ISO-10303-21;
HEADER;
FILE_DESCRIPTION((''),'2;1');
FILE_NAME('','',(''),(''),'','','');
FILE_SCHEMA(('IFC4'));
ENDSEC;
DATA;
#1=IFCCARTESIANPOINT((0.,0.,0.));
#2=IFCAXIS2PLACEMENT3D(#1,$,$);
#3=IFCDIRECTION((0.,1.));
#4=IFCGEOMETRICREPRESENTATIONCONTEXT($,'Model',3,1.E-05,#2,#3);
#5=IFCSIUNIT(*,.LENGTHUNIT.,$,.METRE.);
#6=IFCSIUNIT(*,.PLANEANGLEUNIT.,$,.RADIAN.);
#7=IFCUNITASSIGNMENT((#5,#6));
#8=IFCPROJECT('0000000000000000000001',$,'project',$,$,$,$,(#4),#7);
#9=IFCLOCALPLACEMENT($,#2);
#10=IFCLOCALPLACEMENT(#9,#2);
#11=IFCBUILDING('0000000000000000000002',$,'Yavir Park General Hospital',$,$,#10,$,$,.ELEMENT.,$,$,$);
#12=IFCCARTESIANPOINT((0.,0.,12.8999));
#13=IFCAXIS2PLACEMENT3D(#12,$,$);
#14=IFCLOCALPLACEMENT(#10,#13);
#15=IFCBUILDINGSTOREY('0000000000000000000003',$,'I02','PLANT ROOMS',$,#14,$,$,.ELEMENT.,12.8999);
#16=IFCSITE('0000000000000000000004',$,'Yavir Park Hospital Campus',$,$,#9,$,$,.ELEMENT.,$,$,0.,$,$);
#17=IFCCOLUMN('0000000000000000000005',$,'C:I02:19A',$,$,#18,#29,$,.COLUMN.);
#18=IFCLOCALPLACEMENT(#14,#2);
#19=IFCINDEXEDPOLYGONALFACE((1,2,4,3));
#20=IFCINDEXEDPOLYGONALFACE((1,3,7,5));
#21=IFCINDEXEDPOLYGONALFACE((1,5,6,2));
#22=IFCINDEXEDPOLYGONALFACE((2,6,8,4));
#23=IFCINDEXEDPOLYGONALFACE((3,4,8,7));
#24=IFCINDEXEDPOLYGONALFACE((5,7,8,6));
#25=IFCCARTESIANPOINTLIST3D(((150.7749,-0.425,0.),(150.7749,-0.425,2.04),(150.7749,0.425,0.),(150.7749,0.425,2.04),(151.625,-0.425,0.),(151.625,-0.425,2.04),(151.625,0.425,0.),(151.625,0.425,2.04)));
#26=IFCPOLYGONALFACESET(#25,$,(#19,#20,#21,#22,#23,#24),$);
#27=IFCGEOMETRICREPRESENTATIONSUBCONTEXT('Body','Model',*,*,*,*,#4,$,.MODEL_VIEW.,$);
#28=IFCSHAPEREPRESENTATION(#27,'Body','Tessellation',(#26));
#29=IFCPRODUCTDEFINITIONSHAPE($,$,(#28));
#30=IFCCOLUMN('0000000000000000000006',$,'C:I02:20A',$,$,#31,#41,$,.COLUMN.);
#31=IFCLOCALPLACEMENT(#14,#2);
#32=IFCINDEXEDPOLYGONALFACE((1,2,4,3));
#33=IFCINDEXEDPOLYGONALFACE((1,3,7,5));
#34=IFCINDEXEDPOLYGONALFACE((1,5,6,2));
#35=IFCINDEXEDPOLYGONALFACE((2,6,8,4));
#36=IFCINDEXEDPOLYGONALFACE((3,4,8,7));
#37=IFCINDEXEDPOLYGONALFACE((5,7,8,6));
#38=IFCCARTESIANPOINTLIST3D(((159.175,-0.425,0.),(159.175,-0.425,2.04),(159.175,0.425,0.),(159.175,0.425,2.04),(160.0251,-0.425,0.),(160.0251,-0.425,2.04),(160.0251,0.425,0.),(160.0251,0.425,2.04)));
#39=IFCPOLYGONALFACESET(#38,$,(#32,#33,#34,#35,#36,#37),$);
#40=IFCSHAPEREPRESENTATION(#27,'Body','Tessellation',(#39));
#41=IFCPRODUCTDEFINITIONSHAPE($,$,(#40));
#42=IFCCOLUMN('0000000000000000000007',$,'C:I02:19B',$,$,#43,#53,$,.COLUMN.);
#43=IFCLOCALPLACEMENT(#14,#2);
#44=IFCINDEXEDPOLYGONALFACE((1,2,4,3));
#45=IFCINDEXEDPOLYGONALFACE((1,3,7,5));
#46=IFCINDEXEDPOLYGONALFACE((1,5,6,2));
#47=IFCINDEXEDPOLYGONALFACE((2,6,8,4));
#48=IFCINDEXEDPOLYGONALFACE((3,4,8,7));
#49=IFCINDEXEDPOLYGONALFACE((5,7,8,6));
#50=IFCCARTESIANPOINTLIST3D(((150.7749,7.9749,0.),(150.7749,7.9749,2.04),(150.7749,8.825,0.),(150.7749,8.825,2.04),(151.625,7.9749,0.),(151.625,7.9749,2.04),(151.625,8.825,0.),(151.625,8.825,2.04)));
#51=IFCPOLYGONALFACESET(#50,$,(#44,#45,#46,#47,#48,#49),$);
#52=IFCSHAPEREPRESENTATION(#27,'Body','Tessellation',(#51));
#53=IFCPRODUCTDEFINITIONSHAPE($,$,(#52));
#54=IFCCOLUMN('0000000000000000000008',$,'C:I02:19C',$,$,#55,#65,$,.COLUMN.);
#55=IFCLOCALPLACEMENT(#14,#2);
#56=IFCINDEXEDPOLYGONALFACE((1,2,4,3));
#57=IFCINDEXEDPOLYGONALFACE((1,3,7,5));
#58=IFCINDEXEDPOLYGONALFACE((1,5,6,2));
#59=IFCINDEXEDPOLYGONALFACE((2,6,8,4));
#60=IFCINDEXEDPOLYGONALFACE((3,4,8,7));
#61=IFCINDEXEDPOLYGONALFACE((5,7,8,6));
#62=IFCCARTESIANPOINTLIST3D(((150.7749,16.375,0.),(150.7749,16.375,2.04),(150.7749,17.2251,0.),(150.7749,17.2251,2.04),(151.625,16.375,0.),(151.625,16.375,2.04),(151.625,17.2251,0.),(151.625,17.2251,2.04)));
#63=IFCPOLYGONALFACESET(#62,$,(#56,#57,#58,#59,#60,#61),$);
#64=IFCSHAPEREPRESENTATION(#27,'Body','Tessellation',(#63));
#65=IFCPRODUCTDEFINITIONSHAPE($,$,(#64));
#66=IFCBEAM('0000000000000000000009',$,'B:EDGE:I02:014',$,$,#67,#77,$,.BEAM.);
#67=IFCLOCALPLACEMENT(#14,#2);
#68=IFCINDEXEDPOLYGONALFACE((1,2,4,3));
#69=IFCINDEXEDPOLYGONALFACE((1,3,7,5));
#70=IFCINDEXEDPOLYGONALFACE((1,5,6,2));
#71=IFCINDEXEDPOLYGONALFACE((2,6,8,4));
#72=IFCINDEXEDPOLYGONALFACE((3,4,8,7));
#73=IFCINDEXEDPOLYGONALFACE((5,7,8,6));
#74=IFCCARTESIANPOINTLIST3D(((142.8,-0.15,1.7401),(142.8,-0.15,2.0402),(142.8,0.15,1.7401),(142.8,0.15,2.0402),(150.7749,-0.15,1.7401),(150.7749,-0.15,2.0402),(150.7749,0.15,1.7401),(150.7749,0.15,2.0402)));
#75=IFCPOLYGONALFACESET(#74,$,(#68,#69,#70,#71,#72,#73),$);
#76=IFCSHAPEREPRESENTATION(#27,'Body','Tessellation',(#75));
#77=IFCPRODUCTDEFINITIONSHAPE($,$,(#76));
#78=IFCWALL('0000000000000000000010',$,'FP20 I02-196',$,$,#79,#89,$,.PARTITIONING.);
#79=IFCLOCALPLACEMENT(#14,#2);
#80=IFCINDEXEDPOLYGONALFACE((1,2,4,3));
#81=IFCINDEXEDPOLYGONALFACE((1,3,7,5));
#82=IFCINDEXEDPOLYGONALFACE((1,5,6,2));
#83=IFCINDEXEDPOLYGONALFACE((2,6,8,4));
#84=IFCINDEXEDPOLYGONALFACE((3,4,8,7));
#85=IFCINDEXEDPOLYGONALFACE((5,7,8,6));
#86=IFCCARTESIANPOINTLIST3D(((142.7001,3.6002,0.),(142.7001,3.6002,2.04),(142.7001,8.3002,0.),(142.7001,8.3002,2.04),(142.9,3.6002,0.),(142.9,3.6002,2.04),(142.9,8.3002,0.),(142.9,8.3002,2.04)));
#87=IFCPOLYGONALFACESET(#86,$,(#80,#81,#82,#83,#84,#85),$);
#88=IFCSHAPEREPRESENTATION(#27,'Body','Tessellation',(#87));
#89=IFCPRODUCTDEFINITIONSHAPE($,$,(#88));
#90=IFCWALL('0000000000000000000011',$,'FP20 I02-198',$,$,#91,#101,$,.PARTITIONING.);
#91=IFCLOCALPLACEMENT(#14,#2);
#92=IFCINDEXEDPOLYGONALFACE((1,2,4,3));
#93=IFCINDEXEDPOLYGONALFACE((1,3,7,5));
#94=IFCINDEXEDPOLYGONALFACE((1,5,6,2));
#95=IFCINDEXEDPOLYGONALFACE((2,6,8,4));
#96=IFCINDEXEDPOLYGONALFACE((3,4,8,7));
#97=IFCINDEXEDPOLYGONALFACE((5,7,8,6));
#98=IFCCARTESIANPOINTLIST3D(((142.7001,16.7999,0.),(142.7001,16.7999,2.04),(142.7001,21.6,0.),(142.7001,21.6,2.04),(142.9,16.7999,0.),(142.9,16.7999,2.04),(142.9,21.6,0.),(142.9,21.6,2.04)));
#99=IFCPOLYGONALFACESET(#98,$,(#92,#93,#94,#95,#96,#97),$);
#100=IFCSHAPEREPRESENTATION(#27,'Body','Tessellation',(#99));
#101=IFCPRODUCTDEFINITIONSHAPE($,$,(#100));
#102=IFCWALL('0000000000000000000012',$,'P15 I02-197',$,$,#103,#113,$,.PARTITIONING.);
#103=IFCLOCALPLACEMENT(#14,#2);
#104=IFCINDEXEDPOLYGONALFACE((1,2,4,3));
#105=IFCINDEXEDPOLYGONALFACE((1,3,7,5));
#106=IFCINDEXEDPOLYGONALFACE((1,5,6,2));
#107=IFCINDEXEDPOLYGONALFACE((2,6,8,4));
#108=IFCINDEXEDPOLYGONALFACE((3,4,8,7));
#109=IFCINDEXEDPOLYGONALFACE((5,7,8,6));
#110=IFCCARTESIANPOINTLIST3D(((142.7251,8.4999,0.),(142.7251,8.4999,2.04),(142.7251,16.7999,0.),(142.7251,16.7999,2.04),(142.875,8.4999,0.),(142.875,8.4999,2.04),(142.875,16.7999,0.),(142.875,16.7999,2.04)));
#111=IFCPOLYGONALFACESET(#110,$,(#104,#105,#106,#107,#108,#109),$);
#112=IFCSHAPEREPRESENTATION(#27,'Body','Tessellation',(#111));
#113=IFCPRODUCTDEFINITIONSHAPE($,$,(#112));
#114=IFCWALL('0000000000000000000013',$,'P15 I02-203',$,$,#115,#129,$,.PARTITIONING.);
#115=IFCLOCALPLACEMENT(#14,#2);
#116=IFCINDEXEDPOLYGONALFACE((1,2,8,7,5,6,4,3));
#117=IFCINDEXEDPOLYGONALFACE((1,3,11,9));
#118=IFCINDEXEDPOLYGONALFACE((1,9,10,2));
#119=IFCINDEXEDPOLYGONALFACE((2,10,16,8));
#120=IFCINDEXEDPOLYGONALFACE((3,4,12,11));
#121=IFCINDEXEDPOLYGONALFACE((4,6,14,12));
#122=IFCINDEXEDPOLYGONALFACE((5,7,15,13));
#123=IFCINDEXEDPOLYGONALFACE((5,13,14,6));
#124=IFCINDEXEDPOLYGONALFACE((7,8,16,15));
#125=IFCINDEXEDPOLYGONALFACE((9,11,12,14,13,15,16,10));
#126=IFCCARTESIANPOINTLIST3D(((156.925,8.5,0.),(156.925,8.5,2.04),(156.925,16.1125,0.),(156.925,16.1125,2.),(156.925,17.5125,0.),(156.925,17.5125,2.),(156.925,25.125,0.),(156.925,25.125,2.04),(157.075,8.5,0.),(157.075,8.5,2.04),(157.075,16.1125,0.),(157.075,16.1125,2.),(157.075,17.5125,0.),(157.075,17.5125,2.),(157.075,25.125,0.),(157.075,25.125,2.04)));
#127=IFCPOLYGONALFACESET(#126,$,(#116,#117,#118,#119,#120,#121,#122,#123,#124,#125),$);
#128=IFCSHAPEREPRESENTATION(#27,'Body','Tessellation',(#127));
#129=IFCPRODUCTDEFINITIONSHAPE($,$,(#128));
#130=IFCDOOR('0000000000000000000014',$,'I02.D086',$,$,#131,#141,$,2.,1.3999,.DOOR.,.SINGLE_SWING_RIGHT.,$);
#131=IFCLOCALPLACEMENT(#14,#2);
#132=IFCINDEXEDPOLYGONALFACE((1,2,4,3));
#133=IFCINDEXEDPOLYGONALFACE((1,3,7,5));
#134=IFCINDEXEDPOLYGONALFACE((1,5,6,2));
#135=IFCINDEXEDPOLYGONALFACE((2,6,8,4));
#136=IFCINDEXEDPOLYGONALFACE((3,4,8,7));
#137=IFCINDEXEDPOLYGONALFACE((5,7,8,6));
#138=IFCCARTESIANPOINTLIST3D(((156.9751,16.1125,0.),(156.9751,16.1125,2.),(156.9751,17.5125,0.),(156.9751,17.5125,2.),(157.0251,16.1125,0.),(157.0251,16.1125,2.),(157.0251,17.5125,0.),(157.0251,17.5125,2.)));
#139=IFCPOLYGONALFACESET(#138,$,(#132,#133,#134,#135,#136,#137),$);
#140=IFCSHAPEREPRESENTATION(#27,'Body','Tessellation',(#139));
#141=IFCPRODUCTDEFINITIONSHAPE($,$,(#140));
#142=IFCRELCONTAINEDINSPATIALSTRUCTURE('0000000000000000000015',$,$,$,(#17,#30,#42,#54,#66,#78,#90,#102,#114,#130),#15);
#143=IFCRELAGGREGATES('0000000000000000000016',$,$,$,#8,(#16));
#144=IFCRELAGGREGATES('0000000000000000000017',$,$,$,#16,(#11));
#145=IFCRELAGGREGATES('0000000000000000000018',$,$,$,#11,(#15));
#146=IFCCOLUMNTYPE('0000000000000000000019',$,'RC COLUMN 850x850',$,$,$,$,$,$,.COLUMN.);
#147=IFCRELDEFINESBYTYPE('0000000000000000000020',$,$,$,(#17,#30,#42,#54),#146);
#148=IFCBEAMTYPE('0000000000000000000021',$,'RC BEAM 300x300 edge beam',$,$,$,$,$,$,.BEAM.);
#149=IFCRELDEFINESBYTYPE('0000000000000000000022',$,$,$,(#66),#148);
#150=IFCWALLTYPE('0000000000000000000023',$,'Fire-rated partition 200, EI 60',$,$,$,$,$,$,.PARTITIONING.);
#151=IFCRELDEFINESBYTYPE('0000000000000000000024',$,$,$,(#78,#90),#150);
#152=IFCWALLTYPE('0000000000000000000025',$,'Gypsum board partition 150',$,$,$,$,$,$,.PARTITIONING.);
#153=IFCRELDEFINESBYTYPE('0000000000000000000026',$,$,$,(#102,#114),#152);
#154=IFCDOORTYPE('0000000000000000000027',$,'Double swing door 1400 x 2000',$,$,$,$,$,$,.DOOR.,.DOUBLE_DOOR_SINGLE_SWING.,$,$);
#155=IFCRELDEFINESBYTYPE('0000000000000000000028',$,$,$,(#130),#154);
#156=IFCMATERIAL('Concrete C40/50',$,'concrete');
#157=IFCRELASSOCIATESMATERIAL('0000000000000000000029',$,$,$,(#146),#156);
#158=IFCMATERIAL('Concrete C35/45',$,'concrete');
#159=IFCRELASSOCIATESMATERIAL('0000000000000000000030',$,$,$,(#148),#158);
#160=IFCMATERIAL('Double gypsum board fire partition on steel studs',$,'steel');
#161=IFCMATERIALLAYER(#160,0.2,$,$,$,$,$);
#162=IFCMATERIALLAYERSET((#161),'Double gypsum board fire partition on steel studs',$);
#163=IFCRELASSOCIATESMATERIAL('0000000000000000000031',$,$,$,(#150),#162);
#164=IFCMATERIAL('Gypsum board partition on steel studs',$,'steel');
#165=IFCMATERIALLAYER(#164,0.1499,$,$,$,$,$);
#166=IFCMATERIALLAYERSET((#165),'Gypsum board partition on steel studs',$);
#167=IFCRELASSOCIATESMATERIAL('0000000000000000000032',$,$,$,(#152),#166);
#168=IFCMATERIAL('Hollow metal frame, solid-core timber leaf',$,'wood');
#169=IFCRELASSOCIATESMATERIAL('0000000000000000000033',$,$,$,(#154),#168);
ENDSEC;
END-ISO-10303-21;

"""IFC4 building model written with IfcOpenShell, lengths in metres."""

from ifc_helpers import new_model, si_unit, direction, frame, frame_2d, origin, origin_2d, place, context, subcontext, project, spatial, rectangle, extrude, material, layer, layer_set, material_profile, profile_set, type_object, element, fill, save


model = new_model("IFC4")

# Units and contexts
model_context = context("Model", 3, precision=1e-05, world=origin(), true_north=direction((0.0, 1.0)))
body_context = subcontext(model_context, "Body", "Model", "MODEL_VIEW")
ifc_project = project(units=[si_unit("LENGTHUNIT", "METRE"), si_unit("PLANEANGLEUNIT", "RADIAN")], contexts=[model_context])

# Site, building, storey
site_placement = place(None, origin())
site = spatial("IfcSite", under=ifc_project, at=site_placement, Name="Yavir Park Hospital Campus", CompositionType="ELEMENT", RefElevation=0.0)
building_placement = place(site_placement, origin())
building = spatial("IfcBuilding", under=site, at=building_placement, Name="Yavir Park General Hospital", CompositionType="ELEMENT")
storey_placement = place(building_placement, frame((0.0, 0.0, 12.8999)))
storey = spatial("IfcBuildingStorey", under=building, at=storey_placement, Name="I02", Description="PLANT ROOMS", CompositionType="ELEMENT", Elevation=12.8999)

# Columns
ifc_material_1 = material(Name="Concrete C40/50", Category="concrete")
ifc_material_profile_1 = material_profile(ifc_material_1, rectangle(XDim=0.8501, YDim=0.8501, at=origin_2d()), Name="RC850x850")
ifc_profile_set_1 = profile_set([ifc_material_profile_1], Name="Concrete C40/50")
column_type = type_object("IfcColumnType", Name="RC COLUMN 850x850", PredefinedType="COLUMN", material=ifc_profile_set_1)
for number, where, z_axis, x_axis, name in (
    (1, (151.2, 0.0, 0.0), (0.0, 0.0, 1.0), (1.0, 0.0, 0.0), "C:I02:19A"),
    (2, (159.6001, 0.0, 0.0), (0.0, 0.0, 1.0), (1.0, 0.0, 0.0), "C:I02:20A"),
    (3, (151.2, 8.3999, 0.0), (0.0, 0.0, 1.0), (1.0, 0.0, 0.0), "C:I02:19B"),
    (4, (151.2, 16.8, 0.0), (0.0, 0.0, 1.0), (1.0, 0.0, 0.0), "C:I02:19C"),
):
    element("IfcColumn", number, at=place(storey_placement, frame(where, z_axis=z_axis, x_axis=x_axis)), inside=storey, type_object=column_type, Name=name, PredefinedType="COLUMN", context=body_context, shape_type="SweptSolid", body=[
        extrude(rectangle(XDim=0.8501, YDim=0.8501, at=origin_2d()), origin(), (0.0, 0.0, 1.0), 2.04),
    ])

# Beam
ifc_material_2 = material(Name="Concrete C35/45", Category="concrete")
ifc_material_profile_2 = material_profile(ifc_material_2, rectangle(XDim=0.3, YDim=0.3, at=origin_2d()), Name="RC300x300")
ifc_profile_set_2 = profile_set([ifc_material_profile_2], Name="Concrete C35/45")
beam_type = type_object("IfcBeamType", Name="RC BEAM 300x300 edge beam", PredefinedType="BEAM", material=ifc_profile_set_2)
beam_placement = place(storey_placement, frame((142.8, 0.0, 1.8901), z_axis=(1.0, 0.0, 0.0), x_axis=(0.0, 1.0, 0.0)))
element("IfcBeam", 5, at=beam_placement, inside=storey, type_object=beam_type, Name="B:EDGE:I02:014", PredefinedType="BEAM", context=body_context, shape_type="SweptSolid", body=[
    extrude(rectangle(XDim=0.3, YDim=0.3, at=origin_2d()), origin(), (0.0, 0.0, 1.0), 7.9749),
])

# Walls
ifc_material_3 = material(Name="Double gypsum board fire partition on steel studs", Category="steel")
ifc_layer_1 = layer(ifc_material_3, 0.2)
ifc_layer_set_1 = layer_set([ifc_layer_1], Name="Double gypsum board fire partition on steel studs")
wall_type_1 = type_object("IfcWallType", Name="Fire-rated partition 200, EI 60", PredefinedType="PARTITIONING", material=ifc_layer_set_1)
wall_1_placement = place(storey_placement, frame((142.8, 3.6001, 0.0), z_axis=(0.0, 0.0, 1.0), x_axis=(0.0, 1.0, 0.0)))
element("IfcWall", 6, at=wall_1_placement, inside=storey, type_object=wall_type_1, Name="FP20 I02-196", PredefinedType="PARTITIONING", context=body_context, shape_type="SweptSolid", body=[
    extrude(rectangle(XDim=4.7, YDim=0.2, at=frame_2d((2.3501, 0.0))), origin(), (0.0, 0.0, 1.0), 2.04),
])
wall_2_placement = place(storey_placement, frame((142.8, 16.8, 0.0), z_axis=(0.0, 0.0, 1.0), x_axis=(0.0, 1.0, 0.0)))
element("IfcWall", 7, at=wall_2_placement, inside=storey, type_object=wall_type_1, Name="FP20 I02-198", PredefinedType="PARTITIONING", context=body_context, shape_type="SweptSolid", body=[
    extrude(rectangle(XDim=4.8, YDim=0.2, at=frame_2d((2.3999, 0.0))), origin(), (0.0, 0.0, 1.0), 2.04),
])
ifc_material_4 = material(Name="Gypsum board partition on steel studs", Category="steel")
ifc_layer_2 = layer(ifc_material_4, 0.1499)
ifc_layer_set_2 = layer_set([ifc_layer_2], Name="Gypsum board partition on steel studs")
wall_type_2 = type_object("IfcWallType", Name="Gypsum board partition 150", PredefinedType="PARTITIONING", material=ifc_layer_set_2)
wall_3_placement = place(storey_placement, frame((142.8, 8.5, 0.0), z_axis=(0.0, 0.0, 1.0), x_axis=(0.0, 1.0, 0.0)))
element("IfcWall", 8, at=wall_3_placement, inside=storey, type_object=wall_type_2, Name="P15 I02-197", PredefinedType="PARTITIONING", context=body_context, shape_type="SweptSolid", body=[
    extrude(rectangle(XDim=8.3, YDim=0.1499, at=frame_2d((4.1499, 0.0))), origin(), (0.0, 0.0, 1.0), 2.04),
])

# Wall, opening, door
wall_4_placement = place(storey_placement, frame((157.0, 8.5, 0.0), z_axis=(0.0, 0.0, 1.0), x_axis=(0.0, 1.0, 0.0)))
wall_4 = element("IfcWall", 9, at=wall_4_placement, inside=storey, type_object=wall_type_2, Name="P15 I02-203", PredefinedType="PARTITIONING", context=body_context, shape_type="SweptSolid", body=[
    extrude(rectangle(XDim=16.625, YDim=0.1499, at=frame_2d((8.3125, 0.0))), origin(), (0.0, 0.0, 1.0), 2.04),
])
opening_1_placement = place(wall_4_placement, frame((7.6125, 0.0, 0.0)))
opening_1 = element("IfcOpeningElement", 10, at=opening_1_placement, cuts=wall_4, PredefinedType="OPENING", context=body_context, shape_type="SweptSolid", body=[
    extrude(rectangle(XDim=1.3999, YDim=2.0, at=frame_2d((0.7, 1.0))), frame((0.0, 0.085, 0.0), z_axis=(0.0, -1.0, 0.0), x_axis=(1.0, 0.0, 0.0)), (0.0, 0.0, 1.0), 0.1699),
])
ifc_material_5 = material(Name="Hollow metal frame, solid-core timber leaf", Category="wood")
door_type_1 = type_object("IfcDoorType", Name="Double swing door 1400 x 2000", OperationType="DOUBLE_DOOR_SINGLE_SWING", PredefinedType="DOOR", material=ifc_material_5)
door_1_placement = place(opening_1_placement, origin())
door_1 = element("IfcDoor", 11, at=door_1_placement, inside=storey, type_object=door_type_1, Name="I02.D086", OperationType="SINGLE_SWING_RIGHT", OverallHeight=2.0, OverallWidth=1.3999, PredefinedType="DOOR", context=body_context, shape_type="SweptSolid", body=[
    extrude(rectangle(XDim=1.3999, YDim=2.0, at=frame_2d((0.7, 1.0))), frame((0.0, 0.0249, 0.0), z_axis=(0.0, -1.0, 0.0), x_axis=(1.0, 0.0, 0.0)), (0.0, 0.0, 1.0), 0.05),
])
fill(opening_1, door_1)

save(model, "model.ifc")
